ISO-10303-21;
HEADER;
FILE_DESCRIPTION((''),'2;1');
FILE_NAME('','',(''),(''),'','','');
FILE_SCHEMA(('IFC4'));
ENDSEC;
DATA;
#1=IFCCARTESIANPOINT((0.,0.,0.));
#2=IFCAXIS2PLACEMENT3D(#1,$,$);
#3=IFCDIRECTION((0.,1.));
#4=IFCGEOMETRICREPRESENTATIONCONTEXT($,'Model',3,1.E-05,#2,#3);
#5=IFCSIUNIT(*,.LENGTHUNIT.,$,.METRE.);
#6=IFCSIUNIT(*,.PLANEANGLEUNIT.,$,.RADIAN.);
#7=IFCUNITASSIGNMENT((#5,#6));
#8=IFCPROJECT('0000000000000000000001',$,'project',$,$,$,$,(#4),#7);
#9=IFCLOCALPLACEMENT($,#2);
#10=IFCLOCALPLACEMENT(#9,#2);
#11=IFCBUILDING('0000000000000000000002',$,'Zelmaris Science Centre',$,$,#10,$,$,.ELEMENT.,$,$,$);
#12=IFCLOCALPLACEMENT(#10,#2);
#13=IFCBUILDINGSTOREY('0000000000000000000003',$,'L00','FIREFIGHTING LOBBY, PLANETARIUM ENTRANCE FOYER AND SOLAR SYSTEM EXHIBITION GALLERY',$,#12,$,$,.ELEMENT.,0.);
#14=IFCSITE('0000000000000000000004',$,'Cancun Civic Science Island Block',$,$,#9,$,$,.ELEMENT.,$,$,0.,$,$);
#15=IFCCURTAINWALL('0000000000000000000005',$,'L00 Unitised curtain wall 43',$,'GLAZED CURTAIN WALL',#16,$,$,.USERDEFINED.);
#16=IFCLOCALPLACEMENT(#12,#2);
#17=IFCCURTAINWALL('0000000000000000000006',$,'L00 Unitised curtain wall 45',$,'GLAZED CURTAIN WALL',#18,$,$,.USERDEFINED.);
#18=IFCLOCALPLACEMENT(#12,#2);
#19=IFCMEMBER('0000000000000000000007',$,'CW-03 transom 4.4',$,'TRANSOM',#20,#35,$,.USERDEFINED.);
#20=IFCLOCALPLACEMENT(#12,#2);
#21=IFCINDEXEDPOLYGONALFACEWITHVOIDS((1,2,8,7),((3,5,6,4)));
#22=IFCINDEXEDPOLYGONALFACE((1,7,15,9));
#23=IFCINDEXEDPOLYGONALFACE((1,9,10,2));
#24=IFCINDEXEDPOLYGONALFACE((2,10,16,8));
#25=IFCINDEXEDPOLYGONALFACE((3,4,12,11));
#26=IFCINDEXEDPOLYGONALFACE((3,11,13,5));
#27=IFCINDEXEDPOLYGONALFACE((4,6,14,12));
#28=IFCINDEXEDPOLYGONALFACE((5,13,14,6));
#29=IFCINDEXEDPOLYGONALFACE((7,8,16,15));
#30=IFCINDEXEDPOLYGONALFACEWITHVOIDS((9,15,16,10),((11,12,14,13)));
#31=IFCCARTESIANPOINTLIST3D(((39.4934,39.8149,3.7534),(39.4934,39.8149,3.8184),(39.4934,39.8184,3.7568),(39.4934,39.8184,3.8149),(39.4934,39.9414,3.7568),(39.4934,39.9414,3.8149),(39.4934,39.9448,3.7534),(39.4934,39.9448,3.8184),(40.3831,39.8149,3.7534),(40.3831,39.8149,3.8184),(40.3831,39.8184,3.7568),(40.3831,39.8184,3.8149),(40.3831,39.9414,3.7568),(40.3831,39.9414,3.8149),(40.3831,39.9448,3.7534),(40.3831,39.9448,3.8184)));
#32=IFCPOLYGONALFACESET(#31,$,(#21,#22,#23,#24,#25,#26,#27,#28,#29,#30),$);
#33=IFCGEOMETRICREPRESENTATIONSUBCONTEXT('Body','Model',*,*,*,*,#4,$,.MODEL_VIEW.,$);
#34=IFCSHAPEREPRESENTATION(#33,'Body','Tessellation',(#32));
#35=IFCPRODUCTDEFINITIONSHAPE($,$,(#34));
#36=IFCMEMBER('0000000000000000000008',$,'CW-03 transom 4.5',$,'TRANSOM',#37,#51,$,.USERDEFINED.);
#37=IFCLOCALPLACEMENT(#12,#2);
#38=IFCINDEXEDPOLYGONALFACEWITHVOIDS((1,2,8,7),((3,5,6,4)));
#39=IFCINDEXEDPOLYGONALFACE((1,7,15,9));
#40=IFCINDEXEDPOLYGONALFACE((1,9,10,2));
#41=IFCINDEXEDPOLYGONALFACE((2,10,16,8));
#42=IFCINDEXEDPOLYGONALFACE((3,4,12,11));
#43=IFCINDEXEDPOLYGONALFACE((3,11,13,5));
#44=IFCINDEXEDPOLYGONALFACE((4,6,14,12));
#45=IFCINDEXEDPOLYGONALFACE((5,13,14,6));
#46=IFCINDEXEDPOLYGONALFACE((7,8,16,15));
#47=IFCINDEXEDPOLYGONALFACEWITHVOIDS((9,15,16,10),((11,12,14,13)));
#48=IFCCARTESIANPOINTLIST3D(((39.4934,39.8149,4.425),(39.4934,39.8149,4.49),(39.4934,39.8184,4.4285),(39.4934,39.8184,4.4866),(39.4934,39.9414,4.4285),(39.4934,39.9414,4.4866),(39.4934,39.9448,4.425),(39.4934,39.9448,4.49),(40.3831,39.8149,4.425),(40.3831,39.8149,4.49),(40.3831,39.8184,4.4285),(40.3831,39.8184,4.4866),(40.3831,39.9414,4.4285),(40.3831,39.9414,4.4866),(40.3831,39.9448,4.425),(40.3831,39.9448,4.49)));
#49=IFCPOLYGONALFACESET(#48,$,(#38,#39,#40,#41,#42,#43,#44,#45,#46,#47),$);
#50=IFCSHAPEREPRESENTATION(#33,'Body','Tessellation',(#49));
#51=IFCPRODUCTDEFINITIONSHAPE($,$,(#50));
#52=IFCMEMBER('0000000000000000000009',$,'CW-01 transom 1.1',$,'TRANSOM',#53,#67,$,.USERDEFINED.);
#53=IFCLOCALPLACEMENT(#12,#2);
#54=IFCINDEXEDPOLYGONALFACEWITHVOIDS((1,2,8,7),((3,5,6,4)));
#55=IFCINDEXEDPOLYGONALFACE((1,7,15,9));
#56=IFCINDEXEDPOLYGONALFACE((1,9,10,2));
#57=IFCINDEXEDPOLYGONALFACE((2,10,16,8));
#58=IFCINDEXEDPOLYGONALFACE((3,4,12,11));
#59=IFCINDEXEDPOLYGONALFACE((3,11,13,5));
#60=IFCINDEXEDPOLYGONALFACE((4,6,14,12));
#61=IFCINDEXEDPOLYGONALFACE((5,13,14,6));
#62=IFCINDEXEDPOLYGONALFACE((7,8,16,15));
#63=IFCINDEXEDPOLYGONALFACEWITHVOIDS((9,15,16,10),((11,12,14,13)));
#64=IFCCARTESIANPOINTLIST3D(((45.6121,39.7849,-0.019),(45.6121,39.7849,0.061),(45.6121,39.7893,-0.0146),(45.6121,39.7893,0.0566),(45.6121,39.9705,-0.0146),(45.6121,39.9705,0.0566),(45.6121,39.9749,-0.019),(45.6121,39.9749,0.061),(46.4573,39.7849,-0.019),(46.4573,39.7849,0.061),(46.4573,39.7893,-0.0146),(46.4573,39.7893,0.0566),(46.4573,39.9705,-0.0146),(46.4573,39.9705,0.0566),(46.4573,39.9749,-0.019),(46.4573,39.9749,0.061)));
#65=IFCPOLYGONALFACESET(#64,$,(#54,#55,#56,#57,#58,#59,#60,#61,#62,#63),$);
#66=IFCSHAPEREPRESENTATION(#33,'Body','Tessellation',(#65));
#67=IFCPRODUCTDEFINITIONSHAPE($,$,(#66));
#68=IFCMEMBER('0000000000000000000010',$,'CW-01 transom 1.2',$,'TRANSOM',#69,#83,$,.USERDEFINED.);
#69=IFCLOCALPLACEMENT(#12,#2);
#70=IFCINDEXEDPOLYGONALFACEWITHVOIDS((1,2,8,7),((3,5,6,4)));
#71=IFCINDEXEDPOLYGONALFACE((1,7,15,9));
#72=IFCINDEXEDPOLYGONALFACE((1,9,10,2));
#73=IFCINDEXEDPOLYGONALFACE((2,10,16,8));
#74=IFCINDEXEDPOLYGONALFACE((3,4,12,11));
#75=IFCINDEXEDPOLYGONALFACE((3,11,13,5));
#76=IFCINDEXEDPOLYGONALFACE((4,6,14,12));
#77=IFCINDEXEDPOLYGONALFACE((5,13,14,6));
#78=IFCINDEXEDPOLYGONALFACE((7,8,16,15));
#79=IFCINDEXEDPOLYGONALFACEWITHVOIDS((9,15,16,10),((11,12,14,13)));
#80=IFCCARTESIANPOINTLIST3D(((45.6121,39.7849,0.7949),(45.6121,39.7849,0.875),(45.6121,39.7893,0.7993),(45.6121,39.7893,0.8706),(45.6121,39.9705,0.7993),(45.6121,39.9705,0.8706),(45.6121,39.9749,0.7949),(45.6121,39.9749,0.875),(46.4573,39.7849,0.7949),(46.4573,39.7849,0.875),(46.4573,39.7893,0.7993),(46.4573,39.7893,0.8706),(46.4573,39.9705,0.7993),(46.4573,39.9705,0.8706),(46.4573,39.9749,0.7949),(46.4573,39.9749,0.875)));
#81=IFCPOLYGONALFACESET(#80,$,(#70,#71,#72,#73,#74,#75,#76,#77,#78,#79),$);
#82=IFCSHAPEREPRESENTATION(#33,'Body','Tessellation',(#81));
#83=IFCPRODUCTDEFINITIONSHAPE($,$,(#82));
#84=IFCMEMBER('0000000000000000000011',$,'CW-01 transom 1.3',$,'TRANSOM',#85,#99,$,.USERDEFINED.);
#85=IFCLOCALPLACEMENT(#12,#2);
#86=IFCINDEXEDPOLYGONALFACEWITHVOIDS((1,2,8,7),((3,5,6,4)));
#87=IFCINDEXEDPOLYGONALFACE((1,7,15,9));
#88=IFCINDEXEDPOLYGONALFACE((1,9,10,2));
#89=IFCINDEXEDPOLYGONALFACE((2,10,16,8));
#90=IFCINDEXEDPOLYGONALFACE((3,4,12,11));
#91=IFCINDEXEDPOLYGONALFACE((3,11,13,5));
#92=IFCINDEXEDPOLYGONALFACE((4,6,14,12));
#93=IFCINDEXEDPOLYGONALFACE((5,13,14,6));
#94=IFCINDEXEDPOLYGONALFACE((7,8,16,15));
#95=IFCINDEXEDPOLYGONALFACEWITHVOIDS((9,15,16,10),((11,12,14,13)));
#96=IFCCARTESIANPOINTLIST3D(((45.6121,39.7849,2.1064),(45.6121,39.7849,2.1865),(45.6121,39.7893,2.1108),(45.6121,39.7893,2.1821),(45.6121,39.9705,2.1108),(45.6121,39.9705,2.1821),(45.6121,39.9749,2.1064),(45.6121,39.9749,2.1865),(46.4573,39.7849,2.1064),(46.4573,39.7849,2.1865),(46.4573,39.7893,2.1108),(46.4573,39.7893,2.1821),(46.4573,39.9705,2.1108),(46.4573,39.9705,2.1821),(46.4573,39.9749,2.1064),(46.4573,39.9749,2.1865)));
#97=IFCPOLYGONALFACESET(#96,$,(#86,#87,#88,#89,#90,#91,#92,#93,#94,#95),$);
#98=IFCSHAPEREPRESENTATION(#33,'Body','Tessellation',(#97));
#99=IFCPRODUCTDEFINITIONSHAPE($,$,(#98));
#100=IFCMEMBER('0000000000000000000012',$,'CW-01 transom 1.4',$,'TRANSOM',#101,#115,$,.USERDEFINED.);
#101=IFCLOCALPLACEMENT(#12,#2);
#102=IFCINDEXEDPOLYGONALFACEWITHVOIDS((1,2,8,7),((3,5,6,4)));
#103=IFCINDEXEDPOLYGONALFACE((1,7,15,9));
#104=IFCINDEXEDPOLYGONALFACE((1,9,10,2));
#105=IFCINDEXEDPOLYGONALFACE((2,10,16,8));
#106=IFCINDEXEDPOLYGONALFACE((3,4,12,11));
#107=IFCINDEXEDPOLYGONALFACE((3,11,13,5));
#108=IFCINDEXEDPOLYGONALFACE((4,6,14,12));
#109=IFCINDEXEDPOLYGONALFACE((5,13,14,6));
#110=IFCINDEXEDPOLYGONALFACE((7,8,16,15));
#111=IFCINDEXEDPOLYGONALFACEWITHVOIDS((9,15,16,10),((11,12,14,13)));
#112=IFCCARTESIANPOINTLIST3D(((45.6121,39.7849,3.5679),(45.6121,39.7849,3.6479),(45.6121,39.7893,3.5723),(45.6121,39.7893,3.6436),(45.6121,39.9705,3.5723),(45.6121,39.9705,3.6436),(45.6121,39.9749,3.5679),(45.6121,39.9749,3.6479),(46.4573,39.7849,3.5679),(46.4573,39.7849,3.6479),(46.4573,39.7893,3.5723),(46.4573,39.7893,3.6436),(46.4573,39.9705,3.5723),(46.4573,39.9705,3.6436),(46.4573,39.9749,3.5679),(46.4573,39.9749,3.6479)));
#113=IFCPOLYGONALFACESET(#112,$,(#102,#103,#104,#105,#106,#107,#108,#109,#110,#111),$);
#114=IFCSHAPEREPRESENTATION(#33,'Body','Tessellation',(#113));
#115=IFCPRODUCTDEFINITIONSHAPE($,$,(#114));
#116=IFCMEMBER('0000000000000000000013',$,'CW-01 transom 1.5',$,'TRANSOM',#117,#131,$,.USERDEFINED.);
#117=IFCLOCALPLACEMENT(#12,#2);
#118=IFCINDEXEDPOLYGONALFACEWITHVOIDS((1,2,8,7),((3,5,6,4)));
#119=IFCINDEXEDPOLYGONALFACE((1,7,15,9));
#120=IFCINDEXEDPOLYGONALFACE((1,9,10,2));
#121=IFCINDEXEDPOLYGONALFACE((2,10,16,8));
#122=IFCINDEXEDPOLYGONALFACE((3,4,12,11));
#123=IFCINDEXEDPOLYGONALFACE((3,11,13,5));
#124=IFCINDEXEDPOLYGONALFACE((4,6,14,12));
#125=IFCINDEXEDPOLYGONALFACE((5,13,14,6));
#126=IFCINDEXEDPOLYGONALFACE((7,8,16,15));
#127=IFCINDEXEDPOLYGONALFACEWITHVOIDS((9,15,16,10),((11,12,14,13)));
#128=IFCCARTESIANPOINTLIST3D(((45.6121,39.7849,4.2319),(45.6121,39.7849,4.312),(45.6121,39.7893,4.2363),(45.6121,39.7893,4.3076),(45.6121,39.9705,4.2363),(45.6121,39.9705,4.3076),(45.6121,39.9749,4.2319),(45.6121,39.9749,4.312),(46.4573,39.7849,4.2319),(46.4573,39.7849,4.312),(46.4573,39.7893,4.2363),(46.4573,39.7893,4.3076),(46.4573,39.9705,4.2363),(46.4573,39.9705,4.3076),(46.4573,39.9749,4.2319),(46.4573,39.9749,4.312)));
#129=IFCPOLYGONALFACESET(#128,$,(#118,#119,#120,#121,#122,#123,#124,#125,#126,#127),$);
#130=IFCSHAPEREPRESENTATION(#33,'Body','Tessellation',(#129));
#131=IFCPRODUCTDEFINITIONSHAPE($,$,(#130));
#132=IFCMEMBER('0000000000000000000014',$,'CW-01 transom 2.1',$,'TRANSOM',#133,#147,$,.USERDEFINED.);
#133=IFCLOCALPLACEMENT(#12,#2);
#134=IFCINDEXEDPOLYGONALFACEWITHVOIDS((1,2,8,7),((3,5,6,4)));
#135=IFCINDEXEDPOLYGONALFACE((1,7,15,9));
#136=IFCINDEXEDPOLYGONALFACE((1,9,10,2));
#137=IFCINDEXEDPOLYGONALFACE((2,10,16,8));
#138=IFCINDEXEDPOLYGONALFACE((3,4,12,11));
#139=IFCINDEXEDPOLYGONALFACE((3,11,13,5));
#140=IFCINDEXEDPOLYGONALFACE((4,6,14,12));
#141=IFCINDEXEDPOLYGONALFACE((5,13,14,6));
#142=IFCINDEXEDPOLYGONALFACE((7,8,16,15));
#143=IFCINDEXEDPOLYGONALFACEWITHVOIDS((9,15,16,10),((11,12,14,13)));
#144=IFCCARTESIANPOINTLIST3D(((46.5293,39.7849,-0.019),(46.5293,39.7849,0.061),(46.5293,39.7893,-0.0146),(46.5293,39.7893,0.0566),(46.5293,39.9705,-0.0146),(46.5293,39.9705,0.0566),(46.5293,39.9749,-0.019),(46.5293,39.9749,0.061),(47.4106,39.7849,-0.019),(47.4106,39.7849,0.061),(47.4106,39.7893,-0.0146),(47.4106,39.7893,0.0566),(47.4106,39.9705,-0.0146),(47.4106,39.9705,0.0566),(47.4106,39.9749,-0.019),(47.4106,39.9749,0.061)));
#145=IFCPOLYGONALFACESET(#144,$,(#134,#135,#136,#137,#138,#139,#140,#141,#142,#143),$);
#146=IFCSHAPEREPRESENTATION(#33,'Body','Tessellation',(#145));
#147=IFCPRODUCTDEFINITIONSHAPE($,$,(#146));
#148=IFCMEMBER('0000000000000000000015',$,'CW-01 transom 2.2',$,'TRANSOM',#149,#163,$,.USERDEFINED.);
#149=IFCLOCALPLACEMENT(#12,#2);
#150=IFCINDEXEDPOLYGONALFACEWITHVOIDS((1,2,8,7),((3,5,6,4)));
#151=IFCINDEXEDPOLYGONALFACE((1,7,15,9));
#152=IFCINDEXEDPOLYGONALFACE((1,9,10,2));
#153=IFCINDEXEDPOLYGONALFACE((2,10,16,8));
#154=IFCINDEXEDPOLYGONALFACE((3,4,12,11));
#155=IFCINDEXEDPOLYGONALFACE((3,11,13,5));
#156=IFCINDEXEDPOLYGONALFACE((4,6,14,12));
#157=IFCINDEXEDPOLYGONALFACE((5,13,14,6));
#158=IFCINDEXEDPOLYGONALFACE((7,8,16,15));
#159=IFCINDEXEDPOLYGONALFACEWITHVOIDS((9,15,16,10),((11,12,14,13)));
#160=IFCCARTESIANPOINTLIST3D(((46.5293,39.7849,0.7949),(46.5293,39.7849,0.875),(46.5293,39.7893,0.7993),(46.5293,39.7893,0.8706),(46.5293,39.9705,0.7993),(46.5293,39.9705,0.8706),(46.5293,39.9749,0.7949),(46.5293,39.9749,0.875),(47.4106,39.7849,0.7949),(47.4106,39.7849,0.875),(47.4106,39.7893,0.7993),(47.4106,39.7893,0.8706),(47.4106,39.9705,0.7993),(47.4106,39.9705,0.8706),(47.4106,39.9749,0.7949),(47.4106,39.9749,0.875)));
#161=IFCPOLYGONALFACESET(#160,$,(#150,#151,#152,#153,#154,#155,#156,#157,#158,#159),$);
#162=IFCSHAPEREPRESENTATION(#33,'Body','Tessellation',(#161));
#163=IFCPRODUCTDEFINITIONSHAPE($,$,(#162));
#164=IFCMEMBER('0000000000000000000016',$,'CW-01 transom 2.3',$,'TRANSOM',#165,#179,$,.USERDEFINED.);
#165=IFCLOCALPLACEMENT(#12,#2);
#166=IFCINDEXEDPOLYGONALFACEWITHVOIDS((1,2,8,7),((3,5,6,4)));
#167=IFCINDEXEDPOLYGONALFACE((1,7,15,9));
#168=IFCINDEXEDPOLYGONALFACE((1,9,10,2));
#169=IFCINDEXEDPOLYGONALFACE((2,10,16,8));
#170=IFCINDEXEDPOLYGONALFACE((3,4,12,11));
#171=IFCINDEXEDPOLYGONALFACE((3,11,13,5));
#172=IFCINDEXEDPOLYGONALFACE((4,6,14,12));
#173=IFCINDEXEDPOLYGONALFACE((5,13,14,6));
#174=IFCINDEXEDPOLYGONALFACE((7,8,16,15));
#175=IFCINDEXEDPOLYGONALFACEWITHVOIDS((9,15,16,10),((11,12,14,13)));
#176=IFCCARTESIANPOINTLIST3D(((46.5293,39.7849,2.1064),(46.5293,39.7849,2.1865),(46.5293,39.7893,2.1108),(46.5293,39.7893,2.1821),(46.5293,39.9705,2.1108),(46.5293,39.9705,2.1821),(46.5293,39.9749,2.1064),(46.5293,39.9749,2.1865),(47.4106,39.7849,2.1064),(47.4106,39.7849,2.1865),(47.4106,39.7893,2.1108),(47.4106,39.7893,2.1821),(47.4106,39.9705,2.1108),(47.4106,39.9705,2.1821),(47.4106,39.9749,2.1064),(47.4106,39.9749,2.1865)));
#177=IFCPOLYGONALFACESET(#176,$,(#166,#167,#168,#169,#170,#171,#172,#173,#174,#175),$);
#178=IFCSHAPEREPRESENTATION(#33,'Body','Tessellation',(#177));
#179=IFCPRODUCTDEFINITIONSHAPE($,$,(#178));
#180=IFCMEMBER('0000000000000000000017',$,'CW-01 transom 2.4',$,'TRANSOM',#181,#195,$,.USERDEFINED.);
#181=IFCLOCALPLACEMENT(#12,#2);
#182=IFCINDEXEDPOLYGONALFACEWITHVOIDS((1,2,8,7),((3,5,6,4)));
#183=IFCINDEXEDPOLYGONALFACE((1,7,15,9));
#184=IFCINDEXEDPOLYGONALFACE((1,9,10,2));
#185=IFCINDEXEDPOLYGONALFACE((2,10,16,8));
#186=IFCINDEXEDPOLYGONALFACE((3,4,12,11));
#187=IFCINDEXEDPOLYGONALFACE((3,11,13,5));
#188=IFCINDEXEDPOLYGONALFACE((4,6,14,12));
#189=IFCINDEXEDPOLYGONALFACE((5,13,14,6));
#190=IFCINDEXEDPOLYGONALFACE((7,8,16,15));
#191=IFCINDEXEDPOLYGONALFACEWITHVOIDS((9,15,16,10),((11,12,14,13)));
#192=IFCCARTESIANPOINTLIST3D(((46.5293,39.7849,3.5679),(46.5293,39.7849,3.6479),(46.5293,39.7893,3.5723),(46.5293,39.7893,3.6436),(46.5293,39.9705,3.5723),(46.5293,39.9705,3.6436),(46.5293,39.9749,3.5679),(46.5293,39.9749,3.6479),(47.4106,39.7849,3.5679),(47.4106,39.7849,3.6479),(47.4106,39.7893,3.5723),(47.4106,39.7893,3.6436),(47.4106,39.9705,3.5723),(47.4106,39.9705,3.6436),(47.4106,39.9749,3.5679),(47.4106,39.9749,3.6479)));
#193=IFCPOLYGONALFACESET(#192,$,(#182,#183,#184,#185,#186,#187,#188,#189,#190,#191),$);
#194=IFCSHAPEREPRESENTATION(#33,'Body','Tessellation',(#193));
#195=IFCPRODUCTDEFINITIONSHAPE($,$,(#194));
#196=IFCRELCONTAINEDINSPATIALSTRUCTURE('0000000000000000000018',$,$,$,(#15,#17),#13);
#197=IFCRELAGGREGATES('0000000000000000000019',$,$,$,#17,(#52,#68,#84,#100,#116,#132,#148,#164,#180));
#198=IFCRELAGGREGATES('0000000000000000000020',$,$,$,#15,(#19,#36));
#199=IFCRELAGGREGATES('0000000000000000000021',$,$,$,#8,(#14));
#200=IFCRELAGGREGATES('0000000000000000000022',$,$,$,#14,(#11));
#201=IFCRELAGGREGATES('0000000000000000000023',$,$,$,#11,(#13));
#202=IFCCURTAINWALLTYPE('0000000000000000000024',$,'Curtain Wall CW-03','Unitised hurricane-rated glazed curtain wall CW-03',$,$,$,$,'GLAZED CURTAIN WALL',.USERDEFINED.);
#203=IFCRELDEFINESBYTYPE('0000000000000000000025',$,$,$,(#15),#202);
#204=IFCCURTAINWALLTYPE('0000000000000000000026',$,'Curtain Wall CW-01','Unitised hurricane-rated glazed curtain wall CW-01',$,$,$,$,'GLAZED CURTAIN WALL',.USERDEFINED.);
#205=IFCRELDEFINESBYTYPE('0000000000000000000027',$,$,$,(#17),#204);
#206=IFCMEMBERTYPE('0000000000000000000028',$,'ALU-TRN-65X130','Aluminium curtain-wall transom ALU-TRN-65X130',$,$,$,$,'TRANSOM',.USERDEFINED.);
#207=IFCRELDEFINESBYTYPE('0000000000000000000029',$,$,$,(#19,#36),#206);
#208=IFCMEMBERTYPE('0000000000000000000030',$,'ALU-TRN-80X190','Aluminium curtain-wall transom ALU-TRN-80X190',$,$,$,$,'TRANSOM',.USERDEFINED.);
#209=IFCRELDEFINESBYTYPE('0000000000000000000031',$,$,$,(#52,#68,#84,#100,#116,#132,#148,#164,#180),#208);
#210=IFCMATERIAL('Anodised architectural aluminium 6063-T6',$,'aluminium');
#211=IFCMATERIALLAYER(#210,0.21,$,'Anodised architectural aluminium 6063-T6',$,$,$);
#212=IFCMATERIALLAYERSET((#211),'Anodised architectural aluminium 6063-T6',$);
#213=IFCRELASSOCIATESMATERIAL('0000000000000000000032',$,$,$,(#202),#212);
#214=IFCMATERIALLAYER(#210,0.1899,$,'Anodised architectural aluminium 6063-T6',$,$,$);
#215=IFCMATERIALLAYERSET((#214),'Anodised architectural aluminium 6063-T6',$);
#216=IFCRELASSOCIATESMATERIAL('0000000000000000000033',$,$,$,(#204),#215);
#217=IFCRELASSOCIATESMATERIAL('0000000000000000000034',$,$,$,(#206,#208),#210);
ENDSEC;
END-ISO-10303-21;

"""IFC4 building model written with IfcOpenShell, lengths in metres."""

from ifc_helpers import new_model, si_unit, direction, frame, origin, origin_2d, place, context, subcontext, project, spatial, hollow_rectangle, extrude, material, layer, layer_set, material_profile, profile_set, type_object, element, aggregate, save


model = new_model("IFC4")

# Units and contexts
model_context = context("Model", 3, precision=1e-05, world=origin(), true_north=direction((0.0, 1.0)))
body_context = subcontext(model_context, "Body", "Model", "MODEL_VIEW")
ifc_project = project(units=[si_unit("LENGTHUNIT", "METRE"), si_unit("PLANEANGLEUNIT", "RADIAN")], contexts=[model_context])

# Site, building, storey
site_placement = place(None, origin())
site = spatial("IfcSite", under=ifc_project, at=site_placement, Name="Cancun Civic Science Island Block", CompositionType="ELEMENT", RefElevation=0.0)
building_placement = place(site_placement, origin())
building = spatial("IfcBuilding", under=site, at=building_placement, Name="Zelmaris Science Centre", CompositionType="ELEMENT")
storey_placement = place(building_placement, origin())
storey = spatial("IfcBuildingStorey", under=building, at=storey_placement, Name="L00", Description="FIREFIGHTING LOBBY, PLANETARIUM ENTRANCE FOYER AND SOLAR SYSTEM EXHIBITION GALLERY", CompositionType="ELEMENT", Elevation=0.0)

# Curtain wall
ifc_material_1 = material(Name="Anodised architectural aluminium 6063-T6", Category="aluminium")
ifc_layer_1 = layer(ifc_material_1, 0.21, Name="Anodised architectural aluminium 6063-T6")
ifc_layer_set_1 = layer_set([ifc_layer_1], Name="Anodised architectural aluminium 6063-T6")
curtain_wall_type_1 = type_object("IfcCurtainWallType", Name="Curtain Wall CW-03", Description="Unitised hurricane-rated glazed curtain wall CW-03", ElementType="GLAZED CURTAIN WALL", PredefinedType="USERDEFINED", material=ifc_layer_set_1)
curtain_wall_1_placement = place(storey_placement, origin())
curtain_wall_1 = element("IfcCurtainWall", 1, at=curtain_wall_1_placement, inside=storey, type_object=curtain_wall_type_1, Name="L00 Unitised curtain wall 43", ObjectType="GLAZED CURTAIN WALL", PredefinedType="USERDEFINED")
ifc_layer_2 = layer(ifc_material_1, 0.1899, Name="Anodised architectural aluminium 6063-T6")
ifc_layer_set_2 = layer_set([ifc_layer_2], Name="Anodised architectural aluminium 6063-T6")
curtain_wall_type_2 = type_object("IfcCurtainWallType", Name="Curtain Wall CW-01", Description="Unitised hurricane-rated glazed curtain wall CW-01", ElementType="GLAZED CURTAIN WALL", PredefinedType="USERDEFINED", material=ifc_layer_set_2)

# Curtain wall
curtain_wall_2_placement = place(storey_placement, origin())
curtain_wall_2 = element("IfcCurtainWall", 2, at=curtain_wall_2_placement, inside=storey, type_object=curtain_wall_type_2, Name="L00 Unitised curtain wall 45", ObjectType="GLAZED CURTAIN WALL", PredefinedType="USERDEFINED")

# Members
ifc_material_profile_1 = material_profile(ifc_material_1, hollow_rectangle(XDim=0.0649, YDim=0.1299, WallThickness=0.0034, at=origin_2d()), Name="ALU-TRN-65X130")
ifc_profile_set_1 = profile_set([ifc_material_profile_1], Name="Anodised architectural aluminium 6063-T6")
member_type_1 = type_object("IfcMemberType", Name="ALU-TRN-65X130", Description="Aluminium curtain-wall transom ALU-TRN-65X130", ElementType="TRANSOM", PredefinedType="USERDEFINED", material=ifc_profile_set_1)
member_1_placement = place(storey_placement, frame((39.4934, 39.8799, 3.7859), z_axis=(1.0, 0.0, 0.0), x_axis=(0.0, 0.0, 1.0)))
member_1 = element("IfcMember", 3, at=member_1_placement, type_object=member_type_1, Name="CW-03 transom 4.4", ObjectType="TRANSOM", PredefinedType="USERDEFINED", context=body_context, shape_type="SweptSolid", body=[
    extrude(hollow_rectangle(XDim=0.0649, YDim=0.1299, WallThickness=0.0034, at=origin_2d()), origin(), (0.0, 0.0, 1.0), 0.8896),
])
member_2_placement = place(storey_placement, frame((39.4934, 39.8799, 4.4575), z_axis=(1.0, 0.0, 0.0), x_axis=(0.0, 0.0, 1.0)))
member_2 = element("IfcMember", 4, at=member_2_placement, type_object=member_type_1, Name="CW-03 transom 4.5", ObjectType="TRANSOM", PredefinedType="USERDEFINED", context=body_context, shape_type="SweptSolid", body=[
    extrude(hollow_rectangle(XDim=0.0649, YDim=0.1299, WallThickness=0.0034, at=origin_2d()), origin(), (0.0, 0.0, 1.0), 0.8896),
])
ifc_material_profile_2 = material_profile(ifc_material_1, hollow_rectangle(XDim=0.0801, YDim=0.1899, WallThickness=0.0044, at=origin_2d()), Name="ALU-TRN-80X190")
ifc_profile_set_2 = profile_set([ifc_material_profile_2], Name="Anodised architectural aluminium 6063-T6")
member_type_2 = type_object("IfcMemberType", Name="ALU-TRN-80X190", Description="Aluminium curtain-wall transom ALU-TRN-80X190", ElementType="TRANSOM", PredefinedType="USERDEFINED", material=ifc_profile_set_2)
member_3_placement = place(storey_placement, frame((45.6121, 39.8799, 0.021), z_axis=(1.0, 0.0, 0.0), x_axis=(0.0, 0.0, 1.0)))
member_3 = element("IfcMember", 5, at=member_3_placement, type_object=member_type_2, Name="CW-01 transom 1.1", ObjectType="TRANSOM", PredefinedType="USERDEFINED", context=body_context, shape_type="SweptSolid", body=[
    extrude(hollow_rectangle(XDim=0.0801, YDim=0.1899, WallThickness=0.0044, at=origin_2d()), origin(), (0.0, 0.0, 1.0), 0.8452),
])
member_4_placement = place(storey_placement, frame((45.6121, 39.8799, 0.835), z_axis=(1.0, 0.0, 0.0), x_axis=(0.0, 0.0, 1.0)))
member_4 = element("IfcMember", 6, at=member_4_placement, type_object=member_type_2, Name="CW-01 transom 1.2", ObjectType="TRANSOM", PredefinedType="USERDEFINED", context=body_context, shape_type="SweptSolid", body=[
    extrude(hollow_rectangle(XDim=0.0801, YDim=0.1899, WallThickness=0.0044, at=origin_2d()), origin(), (0.0, 0.0, 1.0), 0.8452),
])
member_5_placement = place(storey_placement, frame((45.6121, 39.8799, 2.1465), z_axis=(1.0, 0.0, 0.0), x_axis=(0.0, 0.0, 1.0)))
member_5 = element("IfcMember", 7, at=member_5_placement, type_object=member_type_2, Name="CW-01 transom 1.3", ObjectType="TRANSOM", PredefinedType="USERDEFINED", context=body_context, shape_type="SweptSolid", body=[
    extrude(hollow_rectangle(XDim=0.0801, YDim=0.1899, WallThickness=0.0044, at=origin_2d()), origin(), (0.0, 0.0, 1.0), 0.8452),
])
member_6_placement = place(storey_placement, frame((45.6121, 39.8799, 3.6079), z_axis=(1.0, 0.0, 0.0), x_axis=(0.0, 0.0, 1.0)))
member_6 = element("IfcMember", 8, at=member_6_placement, type_object=member_type_2, Name="CW-01 transom 1.4", ObjectType="TRANSOM", PredefinedType="USERDEFINED", context=body_context, shape_type="SweptSolid", body=[
    extrude(hollow_rectangle(XDim=0.0801, YDim=0.1899, WallThickness=0.0044, at=origin_2d()), origin(), (0.0, 0.0, 1.0), 0.8452),
])
member_7_placement = place(storey_placement, frame((45.6121, 39.8799, 4.272), z_axis=(1.0, 0.0, 0.0), x_axis=(0.0, 0.0, 1.0)))
member_7 = element("IfcMember", 9, at=member_7_placement, type_object=member_type_2, Name="CW-01 transom 1.5", ObjectType="TRANSOM", PredefinedType="USERDEFINED", context=body_context, shape_type="SweptSolid", body=[
    extrude(hollow_rectangle(XDim=0.0801, YDim=0.1899, WallThickness=0.0044, at=origin_2d()), origin(), (0.0, 0.0, 1.0), 0.8452),
])
member_8_placement = place(storey_placement, frame((46.5293, 39.8799, 0.021), z_axis=(1.0, 0.0, 0.0), x_axis=(0.0, 0.0, 1.0)))
member_8 = element("IfcMember", 10, at=member_8_placement, type_object=member_type_2, Name="CW-01 transom 2.1", ObjectType="TRANSOM", PredefinedType="USERDEFINED", context=body_context, shape_type="SweptSolid", body=[
    extrude(hollow_rectangle(XDim=0.0801, YDim=0.1899, WallThickness=0.0044, at=origin_2d()), origin(), (0.0, 0.0, 1.0), 0.8813),
])
member_9_placement = place(storey_placement, frame((46.5293, 39.8799, 0.835), z_axis=(1.0, 0.0, 0.0), x_axis=(0.0, 0.0, 1.0)))
member_9 = element("IfcMember", 11, at=member_9_placement, type_object=member_type_2, Name="CW-01 transom 2.2", ObjectType="TRANSOM", PredefinedType="USERDEFINED", context=body_context, shape_type="SweptSolid", body=[
    extrude(hollow_rectangle(XDim=0.0801, YDim=0.1899, WallThickness=0.0044, at=origin_2d()), origin(), (0.0, 0.0, 1.0), 0.8813),
])
member_10_placement = place(storey_placement, frame((46.5293, 39.8799, 2.1465), z_axis=(1.0, 0.0, 0.0), x_axis=(0.0, 0.0, 1.0)))
member_10 = element("IfcMember", 12, at=member_10_placement, type_object=member_type_2, Name="CW-01 transom 2.3", ObjectType="TRANSOM", PredefinedType="USERDEFINED", context=body_context, shape_type="SweptSolid", body=[
    extrude(hollow_rectangle(XDim=0.0801, YDim=0.1899, WallThickness=0.0044, at=origin_2d()), origin(), (0.0, 0.0, 1.0), 0.8813),
])
member_11_placement = place(storey_placement, frame((46.5293, 39.8799, 3.6079), z_axis=(1.0, 0.0, 0.0), x_axis=(0.0, 0.0, 1.0)))
member_11 = element("IfcMember", 13, at=member_11_placement, type_object=member_type_2, Name="CW-01 transom 2.4", ObjectType="TRANSOM", PredefinedType="USERDEFINED", context=body_context, shape_type="SweptSolid", body=[
    extrude(hollow_rectangle(XDim=0.0801, YDim=0.1899, WallThickness=0.0044, at=origin_2d()), origin(), (0.0, 0.0, 1.0), 0.8813),
])

aggregate(curtain_wall_2, [member_3, member_4, member_5, member_6, member_7, member_8, member_9, member_10, member_11])
aggregate(curtain_wall_1, [member_1, member_2])

save(model, "model.ifc")
